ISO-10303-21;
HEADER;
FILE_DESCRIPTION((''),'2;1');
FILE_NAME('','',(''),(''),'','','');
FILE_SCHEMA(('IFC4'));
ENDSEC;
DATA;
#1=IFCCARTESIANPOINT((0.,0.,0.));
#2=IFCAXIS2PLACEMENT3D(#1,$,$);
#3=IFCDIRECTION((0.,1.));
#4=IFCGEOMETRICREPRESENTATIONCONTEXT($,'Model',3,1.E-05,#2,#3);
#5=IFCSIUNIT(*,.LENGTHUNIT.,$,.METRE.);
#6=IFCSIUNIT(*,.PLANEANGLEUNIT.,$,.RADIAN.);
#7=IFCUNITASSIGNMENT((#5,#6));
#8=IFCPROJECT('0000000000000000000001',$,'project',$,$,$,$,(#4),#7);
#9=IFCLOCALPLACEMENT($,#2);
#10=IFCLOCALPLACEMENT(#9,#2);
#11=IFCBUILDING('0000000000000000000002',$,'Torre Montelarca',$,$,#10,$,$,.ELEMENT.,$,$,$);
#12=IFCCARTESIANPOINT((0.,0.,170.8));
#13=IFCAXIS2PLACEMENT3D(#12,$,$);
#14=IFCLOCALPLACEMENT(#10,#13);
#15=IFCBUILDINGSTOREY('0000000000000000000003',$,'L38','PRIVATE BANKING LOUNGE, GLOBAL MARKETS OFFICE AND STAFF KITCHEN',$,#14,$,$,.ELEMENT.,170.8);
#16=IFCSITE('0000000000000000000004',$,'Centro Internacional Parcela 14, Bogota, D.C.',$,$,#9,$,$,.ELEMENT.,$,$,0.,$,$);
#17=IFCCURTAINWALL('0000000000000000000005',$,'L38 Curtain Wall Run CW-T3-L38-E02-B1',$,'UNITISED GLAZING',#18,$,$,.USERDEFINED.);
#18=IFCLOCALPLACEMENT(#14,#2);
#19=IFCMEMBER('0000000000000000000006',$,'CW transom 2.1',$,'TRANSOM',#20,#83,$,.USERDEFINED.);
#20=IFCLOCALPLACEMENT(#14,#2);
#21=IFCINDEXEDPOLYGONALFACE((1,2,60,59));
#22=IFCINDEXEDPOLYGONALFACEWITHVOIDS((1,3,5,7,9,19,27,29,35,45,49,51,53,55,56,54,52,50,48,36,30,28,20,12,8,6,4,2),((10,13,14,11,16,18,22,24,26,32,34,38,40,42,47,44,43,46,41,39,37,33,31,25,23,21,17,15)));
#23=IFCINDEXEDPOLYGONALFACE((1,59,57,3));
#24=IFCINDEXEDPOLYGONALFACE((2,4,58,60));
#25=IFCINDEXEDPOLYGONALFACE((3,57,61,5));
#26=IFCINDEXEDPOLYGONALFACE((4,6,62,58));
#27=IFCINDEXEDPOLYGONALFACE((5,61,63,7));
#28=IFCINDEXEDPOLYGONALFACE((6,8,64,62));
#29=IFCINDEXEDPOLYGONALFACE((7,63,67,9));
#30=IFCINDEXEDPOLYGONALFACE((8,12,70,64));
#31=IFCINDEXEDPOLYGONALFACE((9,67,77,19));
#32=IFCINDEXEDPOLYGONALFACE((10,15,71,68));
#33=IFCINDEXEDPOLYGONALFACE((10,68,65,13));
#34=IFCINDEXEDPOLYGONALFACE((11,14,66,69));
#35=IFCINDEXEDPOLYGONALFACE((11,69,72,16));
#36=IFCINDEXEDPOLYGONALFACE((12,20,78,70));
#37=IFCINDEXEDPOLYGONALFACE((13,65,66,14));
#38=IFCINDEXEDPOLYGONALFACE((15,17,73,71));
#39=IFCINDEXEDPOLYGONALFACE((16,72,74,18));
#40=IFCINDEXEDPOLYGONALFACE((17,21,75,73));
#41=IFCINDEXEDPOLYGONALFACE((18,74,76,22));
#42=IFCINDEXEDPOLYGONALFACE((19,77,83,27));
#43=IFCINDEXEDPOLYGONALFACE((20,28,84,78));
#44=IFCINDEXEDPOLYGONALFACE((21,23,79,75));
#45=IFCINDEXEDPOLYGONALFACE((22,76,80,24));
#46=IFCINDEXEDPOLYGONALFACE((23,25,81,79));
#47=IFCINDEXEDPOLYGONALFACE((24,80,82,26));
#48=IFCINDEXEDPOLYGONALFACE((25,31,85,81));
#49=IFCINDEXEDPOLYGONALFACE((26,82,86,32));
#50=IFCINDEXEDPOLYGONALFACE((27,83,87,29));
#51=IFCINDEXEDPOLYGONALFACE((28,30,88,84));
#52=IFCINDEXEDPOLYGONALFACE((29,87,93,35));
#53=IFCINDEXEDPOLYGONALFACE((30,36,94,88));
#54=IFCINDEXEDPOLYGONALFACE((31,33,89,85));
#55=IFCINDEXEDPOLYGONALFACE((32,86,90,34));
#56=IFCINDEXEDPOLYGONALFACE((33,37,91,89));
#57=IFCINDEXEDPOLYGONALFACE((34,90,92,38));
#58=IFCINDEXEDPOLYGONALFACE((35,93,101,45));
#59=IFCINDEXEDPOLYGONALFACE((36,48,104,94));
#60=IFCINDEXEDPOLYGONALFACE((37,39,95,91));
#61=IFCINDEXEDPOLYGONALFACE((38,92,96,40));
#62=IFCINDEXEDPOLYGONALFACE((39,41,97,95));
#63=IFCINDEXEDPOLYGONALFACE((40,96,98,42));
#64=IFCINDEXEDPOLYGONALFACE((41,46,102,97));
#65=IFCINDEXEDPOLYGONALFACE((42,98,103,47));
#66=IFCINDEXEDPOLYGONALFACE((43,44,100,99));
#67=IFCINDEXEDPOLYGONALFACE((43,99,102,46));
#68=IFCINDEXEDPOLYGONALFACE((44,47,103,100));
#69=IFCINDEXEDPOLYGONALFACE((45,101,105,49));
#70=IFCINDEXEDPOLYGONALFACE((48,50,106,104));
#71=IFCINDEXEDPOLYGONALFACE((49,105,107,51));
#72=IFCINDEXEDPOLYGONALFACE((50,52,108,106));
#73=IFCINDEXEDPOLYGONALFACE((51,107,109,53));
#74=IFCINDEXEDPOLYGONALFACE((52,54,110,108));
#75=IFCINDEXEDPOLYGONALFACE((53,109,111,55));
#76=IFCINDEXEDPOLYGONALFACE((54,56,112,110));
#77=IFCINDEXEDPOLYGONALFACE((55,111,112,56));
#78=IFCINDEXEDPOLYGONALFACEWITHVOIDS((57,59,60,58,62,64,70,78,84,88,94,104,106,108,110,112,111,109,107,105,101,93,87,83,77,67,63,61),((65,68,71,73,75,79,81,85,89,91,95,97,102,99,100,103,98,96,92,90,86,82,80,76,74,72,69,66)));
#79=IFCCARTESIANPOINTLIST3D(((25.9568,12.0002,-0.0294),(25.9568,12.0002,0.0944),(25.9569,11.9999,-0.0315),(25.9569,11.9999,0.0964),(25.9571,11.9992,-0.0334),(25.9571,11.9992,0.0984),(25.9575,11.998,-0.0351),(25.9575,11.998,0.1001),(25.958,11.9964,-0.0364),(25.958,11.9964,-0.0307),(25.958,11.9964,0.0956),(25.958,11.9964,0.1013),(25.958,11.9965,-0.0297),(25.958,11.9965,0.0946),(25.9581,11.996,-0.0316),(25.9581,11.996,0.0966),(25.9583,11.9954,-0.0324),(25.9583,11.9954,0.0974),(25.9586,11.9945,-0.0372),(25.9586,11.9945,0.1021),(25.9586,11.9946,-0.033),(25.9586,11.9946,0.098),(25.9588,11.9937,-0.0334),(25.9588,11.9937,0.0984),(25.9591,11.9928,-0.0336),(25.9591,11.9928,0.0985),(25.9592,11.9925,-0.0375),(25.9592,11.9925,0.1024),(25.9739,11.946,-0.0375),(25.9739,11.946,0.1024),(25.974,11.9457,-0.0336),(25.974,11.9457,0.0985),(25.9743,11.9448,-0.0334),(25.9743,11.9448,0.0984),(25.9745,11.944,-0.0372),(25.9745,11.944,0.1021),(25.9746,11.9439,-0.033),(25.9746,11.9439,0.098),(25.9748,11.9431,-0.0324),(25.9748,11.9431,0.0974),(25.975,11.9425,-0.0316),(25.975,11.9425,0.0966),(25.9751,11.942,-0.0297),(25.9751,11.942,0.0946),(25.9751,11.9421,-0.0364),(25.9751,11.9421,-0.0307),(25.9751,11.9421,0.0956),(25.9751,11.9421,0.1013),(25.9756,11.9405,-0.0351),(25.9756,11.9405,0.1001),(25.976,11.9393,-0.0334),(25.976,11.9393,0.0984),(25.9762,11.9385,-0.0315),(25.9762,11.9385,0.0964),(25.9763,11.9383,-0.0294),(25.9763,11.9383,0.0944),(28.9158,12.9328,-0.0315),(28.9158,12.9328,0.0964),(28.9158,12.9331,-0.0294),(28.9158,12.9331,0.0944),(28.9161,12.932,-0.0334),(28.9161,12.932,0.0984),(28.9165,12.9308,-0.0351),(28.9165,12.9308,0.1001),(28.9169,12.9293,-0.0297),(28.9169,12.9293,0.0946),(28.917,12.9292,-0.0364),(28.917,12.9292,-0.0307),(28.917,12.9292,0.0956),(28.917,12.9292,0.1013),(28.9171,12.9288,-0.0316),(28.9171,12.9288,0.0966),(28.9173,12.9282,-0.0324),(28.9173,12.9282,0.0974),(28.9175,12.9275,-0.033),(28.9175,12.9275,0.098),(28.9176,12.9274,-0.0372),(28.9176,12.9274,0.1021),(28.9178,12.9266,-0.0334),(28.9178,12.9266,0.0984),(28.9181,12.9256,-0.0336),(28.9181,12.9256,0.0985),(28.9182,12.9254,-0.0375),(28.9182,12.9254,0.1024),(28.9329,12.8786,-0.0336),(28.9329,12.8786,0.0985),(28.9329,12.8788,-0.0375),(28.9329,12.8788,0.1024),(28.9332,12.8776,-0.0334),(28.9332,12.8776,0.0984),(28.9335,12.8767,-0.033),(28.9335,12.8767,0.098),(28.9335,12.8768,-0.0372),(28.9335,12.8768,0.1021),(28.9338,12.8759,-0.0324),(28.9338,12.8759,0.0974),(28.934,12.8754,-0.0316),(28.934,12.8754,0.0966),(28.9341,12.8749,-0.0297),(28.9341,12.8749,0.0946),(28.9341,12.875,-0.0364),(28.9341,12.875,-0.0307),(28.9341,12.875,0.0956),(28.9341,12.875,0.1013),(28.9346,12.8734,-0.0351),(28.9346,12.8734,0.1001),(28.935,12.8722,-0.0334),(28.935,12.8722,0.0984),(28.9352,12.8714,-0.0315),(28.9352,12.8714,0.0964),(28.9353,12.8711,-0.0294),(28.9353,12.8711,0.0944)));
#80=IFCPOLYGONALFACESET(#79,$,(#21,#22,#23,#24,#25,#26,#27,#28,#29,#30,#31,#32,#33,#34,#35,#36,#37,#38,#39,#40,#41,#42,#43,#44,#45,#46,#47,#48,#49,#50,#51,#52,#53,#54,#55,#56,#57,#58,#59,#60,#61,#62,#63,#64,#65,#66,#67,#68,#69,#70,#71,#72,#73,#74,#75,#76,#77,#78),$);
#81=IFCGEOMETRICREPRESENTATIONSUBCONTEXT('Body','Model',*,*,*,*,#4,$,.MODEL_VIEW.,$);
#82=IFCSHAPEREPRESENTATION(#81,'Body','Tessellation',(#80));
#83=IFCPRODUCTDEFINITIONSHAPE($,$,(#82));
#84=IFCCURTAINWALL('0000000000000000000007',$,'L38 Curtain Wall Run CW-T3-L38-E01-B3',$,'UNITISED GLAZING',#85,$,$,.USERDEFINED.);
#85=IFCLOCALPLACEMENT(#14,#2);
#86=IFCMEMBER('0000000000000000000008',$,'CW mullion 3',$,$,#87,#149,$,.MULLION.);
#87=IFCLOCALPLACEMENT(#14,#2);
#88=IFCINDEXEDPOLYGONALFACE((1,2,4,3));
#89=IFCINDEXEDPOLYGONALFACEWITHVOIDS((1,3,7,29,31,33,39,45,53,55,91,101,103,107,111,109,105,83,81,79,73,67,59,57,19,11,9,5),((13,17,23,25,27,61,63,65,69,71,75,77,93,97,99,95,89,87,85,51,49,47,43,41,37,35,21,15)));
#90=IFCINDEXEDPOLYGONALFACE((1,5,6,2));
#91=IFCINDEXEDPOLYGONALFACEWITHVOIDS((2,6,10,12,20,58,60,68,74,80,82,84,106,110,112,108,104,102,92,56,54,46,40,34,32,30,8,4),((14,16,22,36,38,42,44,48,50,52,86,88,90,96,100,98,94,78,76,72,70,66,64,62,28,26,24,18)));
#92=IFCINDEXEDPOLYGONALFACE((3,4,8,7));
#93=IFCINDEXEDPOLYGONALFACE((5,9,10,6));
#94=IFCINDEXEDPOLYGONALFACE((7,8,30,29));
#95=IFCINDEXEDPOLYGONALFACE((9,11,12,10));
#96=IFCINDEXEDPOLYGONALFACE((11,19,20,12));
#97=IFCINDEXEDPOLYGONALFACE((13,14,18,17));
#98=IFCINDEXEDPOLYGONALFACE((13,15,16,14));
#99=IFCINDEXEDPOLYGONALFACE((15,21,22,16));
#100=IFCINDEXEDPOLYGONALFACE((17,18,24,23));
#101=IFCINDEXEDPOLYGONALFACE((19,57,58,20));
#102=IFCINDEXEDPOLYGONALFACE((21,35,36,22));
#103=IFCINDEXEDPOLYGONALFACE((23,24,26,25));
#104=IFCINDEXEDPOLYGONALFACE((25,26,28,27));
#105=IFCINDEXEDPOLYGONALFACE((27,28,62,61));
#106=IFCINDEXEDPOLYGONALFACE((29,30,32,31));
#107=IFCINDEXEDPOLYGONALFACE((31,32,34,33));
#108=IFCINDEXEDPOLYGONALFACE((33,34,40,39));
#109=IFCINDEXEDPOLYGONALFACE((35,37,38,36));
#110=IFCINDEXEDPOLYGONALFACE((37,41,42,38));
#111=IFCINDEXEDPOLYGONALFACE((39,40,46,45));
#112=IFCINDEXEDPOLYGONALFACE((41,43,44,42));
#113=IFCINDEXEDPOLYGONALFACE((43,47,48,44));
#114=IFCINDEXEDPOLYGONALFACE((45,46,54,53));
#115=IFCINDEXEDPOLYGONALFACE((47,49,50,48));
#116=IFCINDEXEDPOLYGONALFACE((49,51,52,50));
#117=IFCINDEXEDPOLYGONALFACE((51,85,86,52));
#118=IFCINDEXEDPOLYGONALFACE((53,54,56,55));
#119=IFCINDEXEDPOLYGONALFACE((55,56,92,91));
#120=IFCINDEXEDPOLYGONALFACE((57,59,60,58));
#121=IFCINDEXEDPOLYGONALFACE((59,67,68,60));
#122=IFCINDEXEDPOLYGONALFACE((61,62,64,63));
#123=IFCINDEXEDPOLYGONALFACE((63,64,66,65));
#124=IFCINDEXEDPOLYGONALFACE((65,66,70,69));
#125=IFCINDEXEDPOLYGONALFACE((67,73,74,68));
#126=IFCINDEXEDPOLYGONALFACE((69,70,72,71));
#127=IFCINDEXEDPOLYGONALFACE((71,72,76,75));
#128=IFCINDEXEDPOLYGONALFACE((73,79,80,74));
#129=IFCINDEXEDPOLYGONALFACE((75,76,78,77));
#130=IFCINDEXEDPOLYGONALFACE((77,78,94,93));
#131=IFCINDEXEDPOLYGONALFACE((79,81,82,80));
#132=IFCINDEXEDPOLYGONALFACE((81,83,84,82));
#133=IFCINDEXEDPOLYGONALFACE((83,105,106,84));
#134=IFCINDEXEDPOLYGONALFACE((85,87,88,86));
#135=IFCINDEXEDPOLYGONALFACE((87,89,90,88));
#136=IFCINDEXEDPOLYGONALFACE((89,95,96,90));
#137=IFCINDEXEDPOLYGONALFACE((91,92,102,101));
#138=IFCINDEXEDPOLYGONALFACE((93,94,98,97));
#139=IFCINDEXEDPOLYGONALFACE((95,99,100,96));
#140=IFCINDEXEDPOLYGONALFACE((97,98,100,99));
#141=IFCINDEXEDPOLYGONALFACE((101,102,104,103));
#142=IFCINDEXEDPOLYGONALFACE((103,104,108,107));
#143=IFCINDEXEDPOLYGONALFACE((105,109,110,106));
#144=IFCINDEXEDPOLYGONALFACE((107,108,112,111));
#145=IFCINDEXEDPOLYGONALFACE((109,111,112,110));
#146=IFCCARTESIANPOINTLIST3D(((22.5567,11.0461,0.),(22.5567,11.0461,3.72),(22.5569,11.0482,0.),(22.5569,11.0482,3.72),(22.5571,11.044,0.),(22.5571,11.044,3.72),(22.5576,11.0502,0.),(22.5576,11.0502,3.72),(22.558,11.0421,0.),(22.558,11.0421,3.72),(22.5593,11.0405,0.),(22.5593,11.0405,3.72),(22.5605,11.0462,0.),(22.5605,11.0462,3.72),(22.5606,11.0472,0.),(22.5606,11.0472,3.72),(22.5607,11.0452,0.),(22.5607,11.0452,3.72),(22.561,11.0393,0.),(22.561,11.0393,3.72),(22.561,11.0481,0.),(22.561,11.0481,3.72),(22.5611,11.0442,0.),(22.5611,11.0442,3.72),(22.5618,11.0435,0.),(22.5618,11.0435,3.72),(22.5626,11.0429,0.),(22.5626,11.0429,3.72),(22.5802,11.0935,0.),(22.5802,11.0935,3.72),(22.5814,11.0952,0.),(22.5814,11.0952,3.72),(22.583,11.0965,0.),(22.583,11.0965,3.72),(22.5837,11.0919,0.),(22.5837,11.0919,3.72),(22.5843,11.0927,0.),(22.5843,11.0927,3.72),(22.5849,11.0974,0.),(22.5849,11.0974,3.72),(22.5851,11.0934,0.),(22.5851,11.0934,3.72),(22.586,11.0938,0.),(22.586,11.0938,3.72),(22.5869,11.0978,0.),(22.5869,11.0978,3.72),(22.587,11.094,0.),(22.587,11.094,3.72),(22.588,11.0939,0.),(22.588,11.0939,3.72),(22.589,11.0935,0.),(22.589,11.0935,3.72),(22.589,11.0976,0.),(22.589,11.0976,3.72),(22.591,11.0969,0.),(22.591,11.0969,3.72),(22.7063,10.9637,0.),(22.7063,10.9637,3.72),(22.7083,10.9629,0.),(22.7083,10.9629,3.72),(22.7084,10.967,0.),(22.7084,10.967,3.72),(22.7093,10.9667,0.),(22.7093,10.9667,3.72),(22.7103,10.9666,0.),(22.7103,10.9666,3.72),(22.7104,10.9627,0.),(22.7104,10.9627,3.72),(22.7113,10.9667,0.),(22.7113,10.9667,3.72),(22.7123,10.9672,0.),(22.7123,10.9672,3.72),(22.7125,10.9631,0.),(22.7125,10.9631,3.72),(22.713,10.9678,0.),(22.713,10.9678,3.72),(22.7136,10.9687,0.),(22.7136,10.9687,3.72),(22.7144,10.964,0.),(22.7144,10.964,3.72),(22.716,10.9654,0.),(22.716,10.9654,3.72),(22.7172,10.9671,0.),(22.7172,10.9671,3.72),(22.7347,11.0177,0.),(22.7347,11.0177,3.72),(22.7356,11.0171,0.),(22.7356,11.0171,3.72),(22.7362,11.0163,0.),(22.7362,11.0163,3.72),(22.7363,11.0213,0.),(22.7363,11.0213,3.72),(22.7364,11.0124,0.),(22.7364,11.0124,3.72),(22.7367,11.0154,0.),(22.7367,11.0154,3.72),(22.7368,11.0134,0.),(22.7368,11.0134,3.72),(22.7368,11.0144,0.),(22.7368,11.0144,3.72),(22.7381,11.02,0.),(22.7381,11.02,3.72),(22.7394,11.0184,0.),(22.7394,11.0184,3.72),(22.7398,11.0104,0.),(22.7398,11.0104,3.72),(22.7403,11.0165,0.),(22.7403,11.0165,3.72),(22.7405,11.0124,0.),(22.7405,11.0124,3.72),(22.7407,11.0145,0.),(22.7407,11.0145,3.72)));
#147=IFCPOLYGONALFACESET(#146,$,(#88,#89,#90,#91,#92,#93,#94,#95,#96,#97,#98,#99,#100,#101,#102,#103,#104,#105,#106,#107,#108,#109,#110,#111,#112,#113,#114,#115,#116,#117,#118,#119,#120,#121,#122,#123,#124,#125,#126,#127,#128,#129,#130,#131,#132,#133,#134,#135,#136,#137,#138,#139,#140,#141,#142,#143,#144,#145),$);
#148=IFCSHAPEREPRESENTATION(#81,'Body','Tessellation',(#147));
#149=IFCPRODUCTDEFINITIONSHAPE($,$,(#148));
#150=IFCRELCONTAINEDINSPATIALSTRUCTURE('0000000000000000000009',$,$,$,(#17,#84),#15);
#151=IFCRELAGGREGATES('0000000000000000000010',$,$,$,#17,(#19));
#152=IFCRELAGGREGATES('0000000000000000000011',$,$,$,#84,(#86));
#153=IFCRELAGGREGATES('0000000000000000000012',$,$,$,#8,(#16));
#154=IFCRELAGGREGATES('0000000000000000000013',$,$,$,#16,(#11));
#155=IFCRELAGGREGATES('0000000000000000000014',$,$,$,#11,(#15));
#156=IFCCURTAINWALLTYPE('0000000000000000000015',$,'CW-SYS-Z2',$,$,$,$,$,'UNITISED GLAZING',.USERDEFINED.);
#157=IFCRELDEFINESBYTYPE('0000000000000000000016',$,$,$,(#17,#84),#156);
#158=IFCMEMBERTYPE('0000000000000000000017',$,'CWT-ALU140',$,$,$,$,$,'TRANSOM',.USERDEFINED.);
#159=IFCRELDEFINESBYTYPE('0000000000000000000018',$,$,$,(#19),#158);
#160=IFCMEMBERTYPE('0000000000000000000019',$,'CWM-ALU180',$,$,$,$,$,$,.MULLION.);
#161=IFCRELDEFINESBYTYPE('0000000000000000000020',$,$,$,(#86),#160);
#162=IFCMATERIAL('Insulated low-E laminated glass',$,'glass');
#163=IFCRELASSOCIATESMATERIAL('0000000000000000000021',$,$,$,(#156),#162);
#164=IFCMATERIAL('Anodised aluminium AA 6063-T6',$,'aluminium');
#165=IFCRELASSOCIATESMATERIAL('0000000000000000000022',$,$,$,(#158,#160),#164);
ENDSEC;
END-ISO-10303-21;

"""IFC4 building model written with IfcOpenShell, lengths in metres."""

from ifc_helpers import new_model, si_unit, direction, frame, origin, origin_2d, place, context, subcontext, project, spatial, hollow_rectangle, extrude, source, transform, mapped, material, material_profile, profile_set, type_object, element, aggregate, save


model = new_model("IFC4")

# Units and contexts
model_context = context("Model", 3, precision=1e-05, world=origin(), true_north=direction((0.0, 1.0)))
body_context = subcontext(model_context, "Body", "Model", "MODEL_VIEW")
ifc_project = project(units=[si_unit("LENGTHUNIT", "METRE"), si_unit("PLANEANGLEUNIT", "RADIAN")], contexts=[model_context])

# Site, building, storey
site_placement = place(None, origin())
site = spatial("IfcSite", under=ifc_project, at=site_placement, Name="Centro Internacional Parcela 14, Bogota, D.C.", CompositionType="ELEMENT", RefElevation=0.0)
building_placement = place(site_placement, origin())
building = spatial("IfcBuilding", under=site, at=building_placement, Name="Torre Montelarca", CompositionType="ELEMENT")
storey_placement = place(building_placement, frame((0.0, 0.0, 170.8)))
storey = spatial("IfcBuildingStorey", under=building, at=storey_placement, Name="L38", Description="PRIVATE BANKING LOUNGE, GLOBAL MARKETS OFFICE AND STAFF KITCHEN", CompositionType="ELEMENT", Elevation=170.8)

# Curtain wall, member
ifc_material_1 = material(Name="Insulated low-E laminated glass", Category="glass")
curtain_wall_type = type_object("IfcCurtainWallType", Name="CW-SYS-Z2", ElementType="UNITISED GLAZING", PredefinedType="USERDEFINED", material=ifc_material_1)
curtain_wall_1_placement = place(storey_placement, origin())
curtain_wall_1 = element("IfcCurtainWall", 1, at=curtain_wall_1_placement, inside=storey, type_object=curtain_wall_type, Name="L38 Curtain Wall Run CW-T3-L38-E02-B1", ObjectType="UNITISED GLAZING", PredefinedType="USERDEFINED")
ifc_material_2 = material(Name="Anodised aluminium AA 6063-T6", Category="aluminium")
ifc_material_profile_1 = material_profile(ifc_material_2, hollow_rectangle(XDim=0.0649, YDim=0.1399, WallThickness=0.0039, InnerFilletRadius=0.0039, OuterFilletRadius=0.0081, at=origin_2d()), Name="ALU65X140X4", Category="aluminium")
ifc_profile_set_1 = profile_set([ifc_material_profile_1], Name="Anodised aluminium AA 6063-T6")
member_type_1 = type_object("IfcMemberType", Name="CWT-ALU140", ElementType="TRANSOM", PredefinedType="USERDEFINED", material=ifc_profile_set_1)
shared_shape_1 = source(origin(), body_context, "Body", "SweptSolid", [
    extrude(hollow_rectangle(XDim=0.0649, YDim=0.1399, WallThickness=0.0039, InnerFilletRadius=0.0039, OuterFilletRadius=0.0081, at=origin_2d()), origin(), (0.0, 0.0, 1.0), 3.1025),
])
member_1_placement = place(storey_placement, frame((25.9666, 11.9692, 0.0325), z_axis=(0.953726, 0.300676, 0.0), x_axis=(-0.300676, 0.953726, 0.0)))
member_1 = element("IfcMember", 2, at=member_1_placement, type_object=member_type_1, Name="CW transom 2.1", ObjectType="TRANSOM", PredefinedType="USERDEFINED", context=body_context, shape_type="MappedRepresentation", body=[
    mapped(shared_shape_1, transform((0.0, 0.0, 0.0), scale=1.0)),
])

# Curtain wall, member
curtain_wall_2_placement = place(storey_placement, origin())
curtain_wall_2 = element("IfcCurtainWall", 3, at=curtain_wall_2_placement, inside=storey, type_object=curtain_wall_type, Name="L38 Curtain Wall Run CW-T3-L38-E01-B3", ObjectType="UNITISED GLAZING", PredefinedType="USERDEFINED")
ifc_material_profile_2 = material_profile(ifc_material_2, hollow_rectangle(XDim=0.0649, YDim=0.1799, WallThickness=0.0039, InnerFilletRadius=0.0039, OuterFilletRadius=0.0081, at=origin_2d()), Name="ALU65X180X4", Category="aluminium")
ifc_profile_set_2 = profile_set([ifc_material_profile_2], Name="Anodised aluminium AA 6063-T6")
member_type_2 = type_object("IfcMemberType", Name="CWM-ALU180", PredefinedType="MULLION", material=ifc_profile_set_2)
shared_shape_2 = source(origin(), body_context, "Body", "SweptSolid", [
    extrude(hollow_rectangle(XDim=0.0649, YDim=0.1799, WallThickness=0.0039, InnerFilletRadius=0.0039, OuterFilletRadius=0.0081, at=origin_2d()), origin(), (0.0, 0.0, 1.0), 3.72),
])
member_2_placement = place(storey_placement, frame((22.6487, 11.0303, 0.0), z_axis=(0.0, 0.0, 1.0), x_axis=(0.461741, 0.887015, 0.0)))
member_2 = element("IfcMember", 4, at=member_2_placement, type_object=member_type_2, Name="CW mullion 3", PredefinedType="MULLION", context=body_context, shape_type="MappedRepresentation", body=[
    mapped(shared_shape_2, transform((0.0, 0.0, 0.0), scale=1.0)),
])

aggregate(curtain_wall_1, [member_1])
aggregate(curtain_wall_2, [member_2])

save(model, "model.ifc")
